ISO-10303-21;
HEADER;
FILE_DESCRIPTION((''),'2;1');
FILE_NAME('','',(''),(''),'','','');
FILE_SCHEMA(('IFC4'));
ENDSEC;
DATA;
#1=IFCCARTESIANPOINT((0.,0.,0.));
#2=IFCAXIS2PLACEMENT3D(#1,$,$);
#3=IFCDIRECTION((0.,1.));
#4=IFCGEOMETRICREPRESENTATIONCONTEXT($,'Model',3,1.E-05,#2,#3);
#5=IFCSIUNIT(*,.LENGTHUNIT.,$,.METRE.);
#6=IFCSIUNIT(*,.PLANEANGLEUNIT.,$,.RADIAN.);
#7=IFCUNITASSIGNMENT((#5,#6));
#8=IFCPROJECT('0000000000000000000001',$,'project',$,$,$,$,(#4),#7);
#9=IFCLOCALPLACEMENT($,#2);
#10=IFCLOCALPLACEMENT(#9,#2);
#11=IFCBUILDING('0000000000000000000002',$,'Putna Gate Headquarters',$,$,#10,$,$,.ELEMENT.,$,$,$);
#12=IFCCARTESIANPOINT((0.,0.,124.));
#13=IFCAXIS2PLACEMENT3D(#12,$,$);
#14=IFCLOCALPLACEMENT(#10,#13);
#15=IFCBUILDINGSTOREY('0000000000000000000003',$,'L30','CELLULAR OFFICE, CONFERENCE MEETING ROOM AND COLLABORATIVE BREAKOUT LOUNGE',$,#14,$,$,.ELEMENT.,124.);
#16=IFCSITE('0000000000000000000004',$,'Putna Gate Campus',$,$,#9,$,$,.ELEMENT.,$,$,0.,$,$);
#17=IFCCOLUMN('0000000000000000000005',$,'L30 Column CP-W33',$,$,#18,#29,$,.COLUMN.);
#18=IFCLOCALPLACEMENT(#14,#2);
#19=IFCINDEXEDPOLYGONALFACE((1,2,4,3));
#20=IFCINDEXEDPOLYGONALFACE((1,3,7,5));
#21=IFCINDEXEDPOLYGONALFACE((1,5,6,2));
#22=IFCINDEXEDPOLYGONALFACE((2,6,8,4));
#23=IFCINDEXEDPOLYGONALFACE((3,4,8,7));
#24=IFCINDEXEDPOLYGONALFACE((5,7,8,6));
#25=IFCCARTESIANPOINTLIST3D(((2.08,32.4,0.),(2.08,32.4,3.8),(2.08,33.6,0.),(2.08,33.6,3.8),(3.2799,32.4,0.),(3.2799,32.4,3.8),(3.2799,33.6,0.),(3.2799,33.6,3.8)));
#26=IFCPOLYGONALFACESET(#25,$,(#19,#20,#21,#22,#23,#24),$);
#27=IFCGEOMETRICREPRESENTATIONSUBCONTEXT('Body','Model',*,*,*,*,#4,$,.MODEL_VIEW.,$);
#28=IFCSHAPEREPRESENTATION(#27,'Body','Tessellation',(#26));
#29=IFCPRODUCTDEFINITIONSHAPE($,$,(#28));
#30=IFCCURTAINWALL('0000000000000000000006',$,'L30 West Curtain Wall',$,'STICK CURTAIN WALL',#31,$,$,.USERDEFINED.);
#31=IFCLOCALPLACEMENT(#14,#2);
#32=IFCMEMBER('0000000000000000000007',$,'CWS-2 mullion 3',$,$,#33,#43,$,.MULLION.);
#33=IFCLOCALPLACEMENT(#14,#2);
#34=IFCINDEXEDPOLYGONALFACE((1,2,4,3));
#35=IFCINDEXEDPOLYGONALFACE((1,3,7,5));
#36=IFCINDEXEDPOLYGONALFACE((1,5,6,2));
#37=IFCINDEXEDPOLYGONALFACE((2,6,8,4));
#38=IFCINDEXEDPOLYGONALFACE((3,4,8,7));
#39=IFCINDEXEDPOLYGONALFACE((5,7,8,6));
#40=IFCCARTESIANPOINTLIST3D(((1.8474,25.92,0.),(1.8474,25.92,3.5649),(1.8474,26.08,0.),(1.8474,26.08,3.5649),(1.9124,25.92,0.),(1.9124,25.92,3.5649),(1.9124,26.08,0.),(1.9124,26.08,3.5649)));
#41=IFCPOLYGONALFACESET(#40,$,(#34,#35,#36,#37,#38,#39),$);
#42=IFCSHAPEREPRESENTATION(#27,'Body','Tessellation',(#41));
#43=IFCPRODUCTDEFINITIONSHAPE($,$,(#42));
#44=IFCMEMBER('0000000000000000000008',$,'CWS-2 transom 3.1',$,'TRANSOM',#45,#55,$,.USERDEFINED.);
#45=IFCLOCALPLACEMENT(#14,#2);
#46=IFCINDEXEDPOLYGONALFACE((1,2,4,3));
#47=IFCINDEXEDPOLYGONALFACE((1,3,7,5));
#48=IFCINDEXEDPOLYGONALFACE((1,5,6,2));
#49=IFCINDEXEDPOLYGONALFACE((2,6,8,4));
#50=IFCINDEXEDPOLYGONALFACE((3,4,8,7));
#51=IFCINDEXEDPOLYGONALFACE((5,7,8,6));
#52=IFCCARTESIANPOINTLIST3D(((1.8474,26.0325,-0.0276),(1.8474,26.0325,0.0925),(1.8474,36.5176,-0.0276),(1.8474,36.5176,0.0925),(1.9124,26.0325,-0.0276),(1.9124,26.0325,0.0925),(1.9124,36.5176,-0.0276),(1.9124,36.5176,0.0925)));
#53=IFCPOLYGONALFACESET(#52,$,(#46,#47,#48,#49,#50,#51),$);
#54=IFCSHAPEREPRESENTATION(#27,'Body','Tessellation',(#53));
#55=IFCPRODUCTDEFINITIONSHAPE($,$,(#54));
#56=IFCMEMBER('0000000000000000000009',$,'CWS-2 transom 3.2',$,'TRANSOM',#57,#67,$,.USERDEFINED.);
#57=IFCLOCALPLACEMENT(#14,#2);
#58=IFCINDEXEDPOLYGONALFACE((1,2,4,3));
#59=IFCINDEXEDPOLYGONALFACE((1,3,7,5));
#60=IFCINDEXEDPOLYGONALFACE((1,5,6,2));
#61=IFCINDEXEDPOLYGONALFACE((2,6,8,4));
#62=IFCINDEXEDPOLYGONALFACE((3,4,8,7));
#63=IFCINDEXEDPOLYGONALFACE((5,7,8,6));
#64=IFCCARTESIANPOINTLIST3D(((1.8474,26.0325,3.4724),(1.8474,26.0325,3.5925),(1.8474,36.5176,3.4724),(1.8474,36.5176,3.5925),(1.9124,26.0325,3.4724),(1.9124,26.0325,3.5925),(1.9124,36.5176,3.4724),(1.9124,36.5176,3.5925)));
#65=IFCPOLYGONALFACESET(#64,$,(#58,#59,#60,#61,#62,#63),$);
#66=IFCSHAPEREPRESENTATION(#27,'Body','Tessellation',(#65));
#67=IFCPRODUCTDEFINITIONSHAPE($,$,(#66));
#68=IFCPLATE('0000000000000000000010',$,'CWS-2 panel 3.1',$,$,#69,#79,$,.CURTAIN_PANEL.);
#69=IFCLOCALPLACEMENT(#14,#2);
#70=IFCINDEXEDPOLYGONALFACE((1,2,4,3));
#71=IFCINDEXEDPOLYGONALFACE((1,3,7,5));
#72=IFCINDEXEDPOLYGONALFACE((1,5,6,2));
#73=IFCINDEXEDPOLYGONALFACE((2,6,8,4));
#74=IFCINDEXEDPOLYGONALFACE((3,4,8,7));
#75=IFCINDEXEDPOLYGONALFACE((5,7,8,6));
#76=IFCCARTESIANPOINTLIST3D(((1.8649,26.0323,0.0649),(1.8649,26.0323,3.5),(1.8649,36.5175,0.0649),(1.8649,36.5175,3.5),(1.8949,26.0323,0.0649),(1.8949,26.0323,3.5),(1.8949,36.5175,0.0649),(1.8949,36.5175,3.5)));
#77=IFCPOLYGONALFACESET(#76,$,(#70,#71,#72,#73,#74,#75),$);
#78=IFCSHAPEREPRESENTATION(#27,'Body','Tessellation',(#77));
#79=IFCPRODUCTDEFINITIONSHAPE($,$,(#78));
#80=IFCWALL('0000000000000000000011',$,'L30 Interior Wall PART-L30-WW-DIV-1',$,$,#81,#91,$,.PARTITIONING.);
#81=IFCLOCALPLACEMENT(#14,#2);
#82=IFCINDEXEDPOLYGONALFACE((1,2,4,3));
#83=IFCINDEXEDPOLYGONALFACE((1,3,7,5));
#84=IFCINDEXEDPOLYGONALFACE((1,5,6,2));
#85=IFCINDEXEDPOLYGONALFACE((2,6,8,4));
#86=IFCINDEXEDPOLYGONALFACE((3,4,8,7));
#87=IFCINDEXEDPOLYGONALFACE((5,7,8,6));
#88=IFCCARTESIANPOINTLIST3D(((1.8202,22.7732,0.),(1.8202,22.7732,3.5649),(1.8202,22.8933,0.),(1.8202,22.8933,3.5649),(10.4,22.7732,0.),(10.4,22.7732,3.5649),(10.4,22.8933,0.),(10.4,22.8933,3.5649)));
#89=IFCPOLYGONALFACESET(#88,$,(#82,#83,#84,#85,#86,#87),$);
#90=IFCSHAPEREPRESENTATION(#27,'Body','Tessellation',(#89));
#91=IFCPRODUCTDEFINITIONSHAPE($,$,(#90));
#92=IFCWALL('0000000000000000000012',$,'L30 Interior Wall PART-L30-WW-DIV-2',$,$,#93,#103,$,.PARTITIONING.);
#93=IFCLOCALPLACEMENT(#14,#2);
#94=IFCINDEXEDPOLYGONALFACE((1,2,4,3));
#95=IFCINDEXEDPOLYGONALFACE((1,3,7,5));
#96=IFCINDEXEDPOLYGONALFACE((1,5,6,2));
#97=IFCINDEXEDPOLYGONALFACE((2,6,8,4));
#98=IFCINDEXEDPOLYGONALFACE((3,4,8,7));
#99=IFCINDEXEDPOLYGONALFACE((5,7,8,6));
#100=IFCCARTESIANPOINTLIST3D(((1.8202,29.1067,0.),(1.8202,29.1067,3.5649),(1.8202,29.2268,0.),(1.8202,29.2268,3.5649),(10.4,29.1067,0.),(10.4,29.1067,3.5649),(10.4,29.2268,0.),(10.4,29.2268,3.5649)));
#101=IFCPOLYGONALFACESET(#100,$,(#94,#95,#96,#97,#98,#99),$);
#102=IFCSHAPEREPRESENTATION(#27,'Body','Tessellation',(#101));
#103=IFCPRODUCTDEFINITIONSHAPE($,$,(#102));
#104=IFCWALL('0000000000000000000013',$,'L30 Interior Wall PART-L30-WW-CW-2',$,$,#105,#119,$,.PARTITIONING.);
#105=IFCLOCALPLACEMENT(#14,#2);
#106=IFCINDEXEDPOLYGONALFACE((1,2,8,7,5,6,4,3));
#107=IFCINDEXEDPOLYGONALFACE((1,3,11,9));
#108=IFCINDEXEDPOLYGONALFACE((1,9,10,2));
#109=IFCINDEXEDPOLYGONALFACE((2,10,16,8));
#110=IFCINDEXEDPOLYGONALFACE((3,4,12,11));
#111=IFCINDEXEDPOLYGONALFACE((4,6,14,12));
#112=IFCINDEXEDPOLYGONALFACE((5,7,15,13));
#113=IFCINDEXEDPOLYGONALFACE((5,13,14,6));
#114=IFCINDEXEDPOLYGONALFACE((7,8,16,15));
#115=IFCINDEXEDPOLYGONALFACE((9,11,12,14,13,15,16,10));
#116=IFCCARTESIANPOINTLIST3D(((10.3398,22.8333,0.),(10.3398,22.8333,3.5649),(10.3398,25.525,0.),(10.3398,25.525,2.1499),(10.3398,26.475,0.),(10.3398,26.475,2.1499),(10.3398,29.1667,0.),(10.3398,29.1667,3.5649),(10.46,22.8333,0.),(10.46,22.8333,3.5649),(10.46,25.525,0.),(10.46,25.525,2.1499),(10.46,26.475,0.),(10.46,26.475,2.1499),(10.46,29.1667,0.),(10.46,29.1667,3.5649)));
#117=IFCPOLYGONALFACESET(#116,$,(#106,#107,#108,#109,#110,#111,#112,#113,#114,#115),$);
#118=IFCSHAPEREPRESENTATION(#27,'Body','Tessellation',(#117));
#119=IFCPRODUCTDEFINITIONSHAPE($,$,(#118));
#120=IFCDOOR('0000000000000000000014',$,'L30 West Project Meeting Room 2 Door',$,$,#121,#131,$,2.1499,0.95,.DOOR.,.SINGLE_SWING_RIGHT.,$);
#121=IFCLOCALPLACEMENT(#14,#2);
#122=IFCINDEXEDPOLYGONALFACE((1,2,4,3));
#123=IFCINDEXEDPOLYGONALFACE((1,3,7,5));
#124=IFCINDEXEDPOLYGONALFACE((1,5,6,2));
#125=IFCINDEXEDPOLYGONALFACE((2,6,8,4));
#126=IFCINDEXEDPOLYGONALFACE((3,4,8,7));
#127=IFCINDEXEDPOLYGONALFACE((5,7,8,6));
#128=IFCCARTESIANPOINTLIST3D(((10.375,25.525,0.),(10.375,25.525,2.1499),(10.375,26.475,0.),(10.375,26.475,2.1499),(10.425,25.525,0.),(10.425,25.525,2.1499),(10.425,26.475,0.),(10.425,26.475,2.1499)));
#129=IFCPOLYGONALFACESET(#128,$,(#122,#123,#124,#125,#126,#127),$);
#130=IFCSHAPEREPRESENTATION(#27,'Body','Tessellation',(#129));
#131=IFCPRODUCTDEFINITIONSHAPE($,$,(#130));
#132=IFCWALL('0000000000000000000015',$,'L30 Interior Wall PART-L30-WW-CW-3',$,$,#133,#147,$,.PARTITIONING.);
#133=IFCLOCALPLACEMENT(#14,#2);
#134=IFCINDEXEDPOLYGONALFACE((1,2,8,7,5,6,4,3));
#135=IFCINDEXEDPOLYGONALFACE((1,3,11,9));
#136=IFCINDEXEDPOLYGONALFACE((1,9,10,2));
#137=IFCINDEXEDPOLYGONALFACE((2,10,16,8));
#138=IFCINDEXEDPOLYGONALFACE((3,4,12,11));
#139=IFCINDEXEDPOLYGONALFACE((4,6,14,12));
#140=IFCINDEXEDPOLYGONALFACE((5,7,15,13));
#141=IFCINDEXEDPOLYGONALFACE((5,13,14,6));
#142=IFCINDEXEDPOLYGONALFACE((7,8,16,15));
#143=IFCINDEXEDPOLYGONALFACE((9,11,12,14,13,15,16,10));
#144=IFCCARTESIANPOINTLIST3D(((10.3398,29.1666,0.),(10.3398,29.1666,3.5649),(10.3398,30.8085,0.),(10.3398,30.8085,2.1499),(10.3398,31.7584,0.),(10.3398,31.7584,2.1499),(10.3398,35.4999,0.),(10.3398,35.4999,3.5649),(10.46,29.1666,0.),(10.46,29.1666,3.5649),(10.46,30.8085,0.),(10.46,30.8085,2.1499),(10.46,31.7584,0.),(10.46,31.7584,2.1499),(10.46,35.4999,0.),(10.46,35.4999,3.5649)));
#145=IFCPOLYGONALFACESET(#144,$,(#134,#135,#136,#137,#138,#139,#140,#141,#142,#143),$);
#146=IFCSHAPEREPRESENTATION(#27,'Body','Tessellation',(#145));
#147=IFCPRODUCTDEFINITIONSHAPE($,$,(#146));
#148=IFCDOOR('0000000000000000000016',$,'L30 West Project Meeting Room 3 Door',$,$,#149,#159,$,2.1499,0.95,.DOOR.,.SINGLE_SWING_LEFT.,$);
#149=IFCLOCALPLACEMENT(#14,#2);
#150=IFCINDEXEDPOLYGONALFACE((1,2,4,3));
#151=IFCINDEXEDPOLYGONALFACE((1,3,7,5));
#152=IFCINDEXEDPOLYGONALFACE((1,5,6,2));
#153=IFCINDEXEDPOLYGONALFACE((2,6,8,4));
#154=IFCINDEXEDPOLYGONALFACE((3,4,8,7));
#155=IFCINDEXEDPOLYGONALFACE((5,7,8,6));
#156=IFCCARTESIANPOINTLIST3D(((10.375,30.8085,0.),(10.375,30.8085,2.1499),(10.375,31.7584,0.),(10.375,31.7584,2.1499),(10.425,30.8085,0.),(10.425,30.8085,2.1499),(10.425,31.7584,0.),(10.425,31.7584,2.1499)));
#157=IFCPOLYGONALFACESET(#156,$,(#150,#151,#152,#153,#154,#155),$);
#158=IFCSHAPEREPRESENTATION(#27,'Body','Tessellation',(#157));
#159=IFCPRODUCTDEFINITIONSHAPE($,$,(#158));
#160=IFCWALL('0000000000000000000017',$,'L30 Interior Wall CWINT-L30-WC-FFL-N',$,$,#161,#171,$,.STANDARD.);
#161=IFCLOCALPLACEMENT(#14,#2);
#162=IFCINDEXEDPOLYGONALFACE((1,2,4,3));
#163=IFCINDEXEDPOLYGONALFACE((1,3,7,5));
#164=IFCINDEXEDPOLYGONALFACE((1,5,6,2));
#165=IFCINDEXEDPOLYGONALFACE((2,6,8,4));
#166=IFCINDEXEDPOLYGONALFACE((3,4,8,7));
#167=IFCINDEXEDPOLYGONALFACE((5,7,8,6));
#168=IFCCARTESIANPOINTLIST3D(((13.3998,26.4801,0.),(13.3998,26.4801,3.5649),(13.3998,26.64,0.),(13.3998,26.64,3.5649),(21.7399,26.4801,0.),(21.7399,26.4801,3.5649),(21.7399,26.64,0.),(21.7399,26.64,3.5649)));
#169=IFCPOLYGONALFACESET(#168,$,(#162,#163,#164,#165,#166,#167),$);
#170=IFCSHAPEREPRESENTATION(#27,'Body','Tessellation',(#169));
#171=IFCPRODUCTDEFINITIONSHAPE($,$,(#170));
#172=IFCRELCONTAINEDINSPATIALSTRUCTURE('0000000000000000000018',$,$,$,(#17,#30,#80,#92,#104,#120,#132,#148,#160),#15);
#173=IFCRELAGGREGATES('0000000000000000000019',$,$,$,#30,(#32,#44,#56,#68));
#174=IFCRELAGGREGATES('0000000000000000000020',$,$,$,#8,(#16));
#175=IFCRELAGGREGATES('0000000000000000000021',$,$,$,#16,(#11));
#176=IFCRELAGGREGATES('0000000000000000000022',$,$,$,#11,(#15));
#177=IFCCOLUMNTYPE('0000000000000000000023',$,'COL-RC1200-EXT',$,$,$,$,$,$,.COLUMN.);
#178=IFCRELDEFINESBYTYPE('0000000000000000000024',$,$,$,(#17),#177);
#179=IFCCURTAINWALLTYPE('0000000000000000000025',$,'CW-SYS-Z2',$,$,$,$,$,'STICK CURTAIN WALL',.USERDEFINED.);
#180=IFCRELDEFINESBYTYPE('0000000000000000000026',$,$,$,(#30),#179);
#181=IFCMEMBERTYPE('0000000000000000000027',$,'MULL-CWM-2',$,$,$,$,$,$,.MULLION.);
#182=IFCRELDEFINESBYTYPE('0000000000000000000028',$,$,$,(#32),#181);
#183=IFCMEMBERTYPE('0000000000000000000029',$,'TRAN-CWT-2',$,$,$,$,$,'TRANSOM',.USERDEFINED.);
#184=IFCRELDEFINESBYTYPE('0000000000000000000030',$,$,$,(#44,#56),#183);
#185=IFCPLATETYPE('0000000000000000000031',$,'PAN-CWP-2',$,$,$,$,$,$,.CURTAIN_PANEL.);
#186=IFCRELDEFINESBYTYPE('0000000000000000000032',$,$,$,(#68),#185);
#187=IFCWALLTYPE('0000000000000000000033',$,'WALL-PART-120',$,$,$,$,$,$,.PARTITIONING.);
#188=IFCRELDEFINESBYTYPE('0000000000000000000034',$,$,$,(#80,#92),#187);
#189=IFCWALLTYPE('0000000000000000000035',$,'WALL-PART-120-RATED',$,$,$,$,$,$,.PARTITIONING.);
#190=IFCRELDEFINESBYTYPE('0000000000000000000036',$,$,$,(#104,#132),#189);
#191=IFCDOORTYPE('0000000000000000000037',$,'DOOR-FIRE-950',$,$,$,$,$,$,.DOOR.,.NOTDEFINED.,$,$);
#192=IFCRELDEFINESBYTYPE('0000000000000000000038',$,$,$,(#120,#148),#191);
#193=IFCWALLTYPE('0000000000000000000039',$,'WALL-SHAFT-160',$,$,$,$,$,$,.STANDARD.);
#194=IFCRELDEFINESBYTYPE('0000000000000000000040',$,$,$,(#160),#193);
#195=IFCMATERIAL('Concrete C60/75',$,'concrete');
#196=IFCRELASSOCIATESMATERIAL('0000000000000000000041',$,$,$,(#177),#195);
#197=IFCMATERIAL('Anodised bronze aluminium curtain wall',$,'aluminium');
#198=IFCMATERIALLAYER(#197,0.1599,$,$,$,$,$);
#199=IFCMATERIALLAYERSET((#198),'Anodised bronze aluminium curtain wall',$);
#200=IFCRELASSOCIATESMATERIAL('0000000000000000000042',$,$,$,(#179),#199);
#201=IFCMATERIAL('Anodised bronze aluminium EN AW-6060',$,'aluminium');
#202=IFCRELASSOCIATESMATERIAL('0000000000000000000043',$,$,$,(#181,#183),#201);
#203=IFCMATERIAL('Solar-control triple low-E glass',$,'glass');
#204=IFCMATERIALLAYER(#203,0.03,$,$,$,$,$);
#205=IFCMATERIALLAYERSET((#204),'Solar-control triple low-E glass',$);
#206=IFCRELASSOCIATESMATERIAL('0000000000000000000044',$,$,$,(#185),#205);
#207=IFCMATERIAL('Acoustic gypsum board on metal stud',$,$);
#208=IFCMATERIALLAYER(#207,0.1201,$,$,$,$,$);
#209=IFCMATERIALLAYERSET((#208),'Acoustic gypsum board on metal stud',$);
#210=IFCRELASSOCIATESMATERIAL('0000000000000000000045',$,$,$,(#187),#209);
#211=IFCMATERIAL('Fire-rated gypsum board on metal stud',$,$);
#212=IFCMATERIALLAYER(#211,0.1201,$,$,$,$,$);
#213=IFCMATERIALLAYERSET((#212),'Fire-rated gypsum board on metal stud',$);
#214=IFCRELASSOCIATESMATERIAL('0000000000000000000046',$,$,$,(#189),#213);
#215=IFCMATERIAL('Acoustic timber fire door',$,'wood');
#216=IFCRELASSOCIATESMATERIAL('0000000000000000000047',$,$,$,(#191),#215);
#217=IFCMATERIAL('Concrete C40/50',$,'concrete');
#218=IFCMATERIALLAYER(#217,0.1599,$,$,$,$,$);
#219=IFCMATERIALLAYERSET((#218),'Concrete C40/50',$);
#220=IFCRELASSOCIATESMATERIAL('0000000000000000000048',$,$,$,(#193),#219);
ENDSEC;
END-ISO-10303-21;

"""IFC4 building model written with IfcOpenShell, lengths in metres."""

from ifc_helpers import new_model, si_unit, direction, frame, frame_2d, origin, origin_2d, place, context, subcontext, project, spatial, rectangle, extrude, material, layer, layer_set, material_profile, profile_set, type_object, element, fill, aggregate, save


model = new_model("IFC4")

# Units and contexts
model_context = context("Model", 3, precision=1e-05, world=origin(), true_north=direction((0.0, 1.0)))
body_context = subcontext(model_context, "Body", "Model", "MODEL_VIEW")
ifc_project = project(units=[si_unit("LENGTHUNIT", "METRE"), si_unit("PLANEANGLEUNIT", "RADIAN")], contexts=[model_context])

# Site, building, storey
site_placement = place(None, origin())
site = spatial("IfcSite", under=ifc_project, at=site_placement, Name="Putna Gate Campus", CompositionType="ELEMENT", RefElevation=0.0)
building_placement = place(site_placement, origin())
building = spatial("IfcBuilding", under=site, at=building_placement, Name="Putna Gate Headquarters", CompositionType="ELEMENT")
storey_placement = place(building_placement, frame((0.0, 0.0, 124.0)))
storey = spatial("IfcBuildingStorey", under=building, at=storey_placement, Name="L30", Description="CELLULAR OFFICE, CONFERENCE MEETING ROOM AND COLLABORATIVE BREAKOUT LOUNGE", CompositionType="ELEMENT", Elevation=124.0)

# Column
ifc_material_1 = material(Name="Concrete C60/75", Category="concrete")
ifc_material_profile_1 = material_profile(ifc_material_1, rectangle(XDim=1.2, YDim=1.2, at=origin_2d()), Name="Concrete C60/75")
ifc_profile_set_1 = profile_set([ifc_material_profile_1], Name="Concrete C60/75")
column_type = type_object("IfcColumnType", Name="COL-RC1200-EXT", PredefinedType="COLUMN", material=ifc_profile_set_1)
column_placement = place(storey_placement, frame((2.6799, 33.0, 0.0), z_axis=(0.0, 0.0, 1.0), x_axis=(1.0, 0.0, 0.0)))
element("IfcColumn", 1, at=column_placement, inside=storey, type_object=column_type, Name="L30 Column CP-W33", PredefinedType="COLUMN", context=body_context, shape_type="SweptSolid", body=[
    extrude(rectangle(XDim=1.2, YDim=1.2, at=origin_2d()), origin(), (0.0, 0.0, 1.0), 3.8),
])

# Curtain wall, members, plate
ifc_material_2 = material(Name="Anodised bronze aluminium curtain wall", Category="aluminium")
ifc_layer_1 = layer(ifc_material_2, 0.1599)
ifc_layer_set_1 = layer_set([ifc_layer_1], Name="Anodised bronze aluminium curtain wall")
curtain_wall_type = type_object("IfcCurtainWallType", Name="CW-SYS-Z2", ElementType="STICK CURTAIN WALL", PredefinedType="USERDEFINED", material=ifc_layer_set_1)
curtain_wall_placement = place(storey_placement, origin())
curtain_wall = element("IfcCurtainWall", 2, at=curtain_wall_placement, inside=storey, type_object=curtain_wall_type, Name="L30 West Curtain Wall", ObjectType="STICK CURTAIN WALL", PredefinedType="USERDEFINED")
ifc_material_3 = material(Name="Anodised bronze aluminium EN AW-6060", Category="aluminium")
ifc_material_profile_2 = material_profile(ifc_material_3, rectangle(XDim=0.0649, YDim=0.1599, at=origin_2d()), Name="Anodised bronze aluminium EN AW-6060")
ifc_profile_set_2 = profile_set([ifc_material_profile_2], Name="Anodised bronze aluminium EN AW-6060")
member_type_1 = type_object("IfcMemberType", Name="MULL-CWM-2", PredefinedType="MULLION", material=ifc_profile_set_2)
member_1_placement = place(storey_placement, frame((1.8799, 26.0, 0.0), z_axis=(0.0, 0.0, 1.0), x_axis=(-1.0, 0.0, 0.0)))
member_1 = element("IfcMember", 3, at=member_1_placement, type_object=member_type_1, Name="CWS-2 mullion 3", PredefinedType="MULLION", context=body_context, shape_type="SweptSolid", body=[
    extrude(rectangle(XDim=0.0649, YDim=0.1599, at=origin_2d()), origin(), (0.0, 0.0, 1.0), 3.5649),
])
ifc_material_profile_3 = material_profile(ifc_material_3, rectangle(XDim=0.0649, YDim=0.1201, at=origin_2d()), Name="Anodised bronze aluminium EN AW-6060")
ifc_profile_set_3 = profile_set([ifc_material_profile_3], Name="Anodised bronze aluminium EN AW-6060")
member_type_2 = type_object("IfcMemberType", Name="TRAN-CWT-2", ElementType="TRANSOM", PredefinedType="USERDEFINED", material=ifc_profile_set_3)
member_2_placement = place(storey_placement, frame((1.8799, 26.0325, 0.0325), z_axis=(0.0, 1.0, 0.0), x_axis=(-1.0, 0.0, 0.0)))
member_2 = element("IfcMember", 4, at=member_2_placement, type_object=member_type_2, Name="CWS-2 transom 3.1", ObjectType="TRANSOM", PredefinedType="USERDEFINED", context=body_context, shape_type="SweptSolid", body=[
    extrude(rectangle(XDim=0.0649, YDim=0.1201, at=origin_2d()), origin(), (0.0, 0.0, 1.0), 10.4851),
])
member_3_placement = place(storey_placement, frame((1.8799, 26.0325, 3.5325), z_axis=(0.0, 1.0, 0.0), x_axis=(-1.0, 0.0, 0.0)))
member_3 = element("IfcMember", 5, at=member_3_placement, type_object=member_type_2, Name="CWS-2 transom 3.2", ObjectType="TRANSOM", PredefinedType="USERDEFINED", context=body_context, shape_type="SweptSolid", body=[
    extrude(rectangle(XDim=0.0649, YDim=0.1201, at=origin_2d()), origin(), (0.0, 0.0, 1.0), 10.4851),
])
ifc_material_4 = material(Name="Solar-control triple low-E glass", Category="glass")
ifc_layer_2 = layer(ifc_material_4, 0.03)
ifc_layer_set_2 = layer_set([ifc_layer_2], Name="Solar-control triple low-E glass")
plate_type = type_object("IfcPlateType", Name="PAN-CWP-2", PredefinedType="CURTAIN_PANEL", material=ifc_layer_set_2)
plate_placement = place(storey_placement, frame((1.8799, 31.2749, 0.0649), z_axis=(0.0, 0.0, 1.0), x_axis=(0.0, 1.0, 0.0)))
plate = element("IfcPlate", 6, at=plate_placement, type_object=plate_type, Name="CWS-2 panel 3.1", PredefinedType="CURTAIN_PANEL", context=body_context, shape_type="SweptSolid", body=[
    extrude(rectangle(XDim=10.4851, YDim=0.03, at=origin_2d()), origin(), (0.0, 0.0, 1.0), 3.4351),
])
aggregate(curtain_wall, [member_1, member_2, member_3, plate])

# Walls
ifc_material_5 = material(Name="Acoustic gypsum board on metal stud")
ifc_layer_3 = layer(ifc_material_5, 0.1201)
ifc_layer_set_3 = layer_set([ifc_layer_3], Name="Acoustic gypsum board on metal stud")
wall_type_1 = type_object("IfcWallType", Name="WALL-PART-120", PredefinedType="PARTITIONING", material=ifc_layer_set_3)
for number, where, z_axis, x_axis, name in (
    (7, (1.8201, 22.8333, 0.0), (0.0, 0.0, 1.0), (1.0, 0.0, 0.0), "L30 Interior Wall PART-L30-WW-DIV-1"),
    (8, (1.8201, 29.1667, 0.0), (0.0, 0.0, 1.0), (1.0, 0.0, 0.0), "L30 Interior Wall PART-L30-WW-DIV-2"),
):
    element("IfcWall", number, at=place(storey_placement, frame(where, z_axis=z_axis, x_axis=x_axis)), inside=storey, type_object=wall_type_1, Name=name, PredefinedType="PARTITIONING", context=body_context, shape_type="SweptSolid", body=[
        extrude(rectangle(XDim=8.5798, YDim=0.1201, at=frame_2d((4.29, 0.0))), origin(), (0.0, 0.0, 1.0), 3.5649),
    ])

# Walls, openings, doors
ifc_material_6 = material(Name="Fire-rated gypsum board on metal stud")
ifc_layer_4 = layer(ifc_material_6, 0.1201)
ifc_layer_set_4 = layer_set([ifc_layer_4], Name="Fire-rated gypsum board on metal stud")
wall_type_2 = type_object("IfcWallType", Name="WALL-PART-120-RATED", PredefinedType="PARTITIONING", material=ifc_layer_set_4)
wall_1_placement = place(storey_placement, frame((10.3999, 22.8333, 0.0), z_axis=(0.0, 0.0, 1.0), x_axis=(0.0, 1.0, 0.0)))
wall_1 = element("IfcWall", 9, at=wall_1_placement, inside=storey, type_object=wall_type_2, Name="L30 Interior Wall PART-L30-WW-CW-2", PredefinedType="PARTITIONING", context=body_context, shape_type="SweptSolid", body=[
    extrude(rectangle(XDim=6.3335, YDim=0.1201, at=frame_2d((3.1667, 0.0))), origin(), (0.0, 0.0, 1.0), 3.5649),
])
opening_1_placement = place(wall_1_placement, frame((2.6917, 0.0, 0.0)))
opening_1 = element("IfcOpeningElement", 10, at=opening_1_placement, cuts=wall_1, PredefinedType="OPENING", context=body_context, shape_type="SweptSolid", body=[
    extrude(rectangle(XDim=0.95, YDim=2.1499, at=frame_2d((0.4751, 1.075))), frame((0.0, 0.0701, 0.0), z_axis=(0.0, -1.0, 0.0), x_axis=(1.0, 0.0, 0.0)), (0.0, 0.0, 1.0), 0.1401),
])
ifc_material_7 = material(Name="Acoustic timber fire door", Category="wood")
door_type_1 = type_object("IfcDoorType", Name="DOOR-FIRE-950", OperationType="NOTDEFINED", PredefinedType="DOOR", material=ifc_material_7)
door_1_placement = place(opening_1_placement, origin())
door_1 = element("IfcDoor", 11, at=door_1_placement, inside=storey, type_object=door_type_1, Name="L30 West Project Meeting Room 2 Door", OperationType="SINGLE_SWING_RIGHT", OverallHeight=2.1499, OverallWidth=0.95, PredefinedType="DOOR", context=body_context, shape_type="SweptSolid", body=[
    extrude(rectangle(XDim=0.95, YDim=2.1499, at=frame_2d((0.4751, 1.075))), frame((0.0, 0.0249, 0.0), z_axis=(0.0, -1.0, 0.0), x_axis=(1.0, 0.0, 0.0)), (0.0, 0.0, 1.0), 0.05),
])
fill(opening_1, door_1)
wall_2_placement = place(storey_placement, frame((10.3999, 29.1667, 0.0), z_axis=(0.0, 0.0, 1.0), x_axis=(0.0, 1.0, 0.0)))
wall_2 = element("IfcWall", 12, at=wall_2_placement, inside=storey, type_object=wall_type_2, Name="L30 Interior Wall PART-L30-WW-CW-3", PredefinedType="PARTITIONING", context=body_context, shape_type="SweptSolid", body=[
    extrude(rectangle(XDim=6.3333, YDim=0.1201, at=frame_2d((3.1665, 0.0))), origin(), (0.0, 0.0, 1.0), 3.5649),
])
opening_2_placement = place(wall_2_placement, frame((1.6416, 0.0, 0.0)))
opening_2 = element("IfcOpeningElement", 13, at=opening_2_placement, cuts=wall_2, PredefinedType="OPENING", context=body_context, shape_type="SweptSolid", body=[
    extrude(rectangle(XDim=0.95, YDim=2.1499, at=frame_2d((0.4751, 1.075))), frame((0.0, 0.0701, 0.0), z_axis=(0.0, -1.0, 0.0), x_axis=(1.0, 0.0, 0.0)), (0.0, 0.0, 1.0), 0.1401),
])
door_2_placement = place(opening_2_placement, origin())
door_2 = element("IfcDoor", 14, at=door_2_placement, inside=storey, type_object=door_type_1, Name="L30 West Project Meeting Room 3 Door", OperationType="SINGLE_SWING_LEFT", OverallHeight=2.1499, OverallWidth=0.95, PredefinedType="DOOR", context=body_context, shape_type="SweptSolid", body=[
    extrude(rectangle(XDim=0.95, YDim=2.1499, at=frame_2d((0.4751, 1.075))), frame((0.0, 0.0249, 0.0), z_axis=(0.0, -1.0, 0.0), x_axis=(1.0, 0.0, 0.0)), (0.0, 0.0, 1.0), 0.05),
])
fill(opening_2, door_2)

# Wall
ifc_material_8 = material(Name="Concrete C40/50", Category="concrete")
ifc_layer_5 = layer(ifc_material_8, 0.1599)
ifc_layer_set_5 = layer_set([ifc_layer_5], Name="Concrete C40/50")
wall_type_3 = type_object("IfcWallType", Name="WALL-SHAFT-160", PredefinedType="STANDARD", material=ifc_layer_set_5)
wall_3_placement = place(storey_placement, frame((13.3999, 26.5601, 0.0), z_axis=(0.0, 0.0, 1.0), x_axis=(1.0, 0.0, 0.0)))
element("IfcWall", 15, at=wall_3_placement, inside=storey, type_object=wall_type_3, Name="L30 Interior Wall CWINT-L30-WC-FFL-N", PredefinedType="STANDARD", context=body_context, shape_type="SweptSolid", body=[
    extrude(rectangle(XDim=8.3401, YDim=0.1599, at=frame_2d((4.1699, 0.0))), origin(), (0.0, 0.0, 1.0), 3.5649),
])

save(model, "model.ifc")
